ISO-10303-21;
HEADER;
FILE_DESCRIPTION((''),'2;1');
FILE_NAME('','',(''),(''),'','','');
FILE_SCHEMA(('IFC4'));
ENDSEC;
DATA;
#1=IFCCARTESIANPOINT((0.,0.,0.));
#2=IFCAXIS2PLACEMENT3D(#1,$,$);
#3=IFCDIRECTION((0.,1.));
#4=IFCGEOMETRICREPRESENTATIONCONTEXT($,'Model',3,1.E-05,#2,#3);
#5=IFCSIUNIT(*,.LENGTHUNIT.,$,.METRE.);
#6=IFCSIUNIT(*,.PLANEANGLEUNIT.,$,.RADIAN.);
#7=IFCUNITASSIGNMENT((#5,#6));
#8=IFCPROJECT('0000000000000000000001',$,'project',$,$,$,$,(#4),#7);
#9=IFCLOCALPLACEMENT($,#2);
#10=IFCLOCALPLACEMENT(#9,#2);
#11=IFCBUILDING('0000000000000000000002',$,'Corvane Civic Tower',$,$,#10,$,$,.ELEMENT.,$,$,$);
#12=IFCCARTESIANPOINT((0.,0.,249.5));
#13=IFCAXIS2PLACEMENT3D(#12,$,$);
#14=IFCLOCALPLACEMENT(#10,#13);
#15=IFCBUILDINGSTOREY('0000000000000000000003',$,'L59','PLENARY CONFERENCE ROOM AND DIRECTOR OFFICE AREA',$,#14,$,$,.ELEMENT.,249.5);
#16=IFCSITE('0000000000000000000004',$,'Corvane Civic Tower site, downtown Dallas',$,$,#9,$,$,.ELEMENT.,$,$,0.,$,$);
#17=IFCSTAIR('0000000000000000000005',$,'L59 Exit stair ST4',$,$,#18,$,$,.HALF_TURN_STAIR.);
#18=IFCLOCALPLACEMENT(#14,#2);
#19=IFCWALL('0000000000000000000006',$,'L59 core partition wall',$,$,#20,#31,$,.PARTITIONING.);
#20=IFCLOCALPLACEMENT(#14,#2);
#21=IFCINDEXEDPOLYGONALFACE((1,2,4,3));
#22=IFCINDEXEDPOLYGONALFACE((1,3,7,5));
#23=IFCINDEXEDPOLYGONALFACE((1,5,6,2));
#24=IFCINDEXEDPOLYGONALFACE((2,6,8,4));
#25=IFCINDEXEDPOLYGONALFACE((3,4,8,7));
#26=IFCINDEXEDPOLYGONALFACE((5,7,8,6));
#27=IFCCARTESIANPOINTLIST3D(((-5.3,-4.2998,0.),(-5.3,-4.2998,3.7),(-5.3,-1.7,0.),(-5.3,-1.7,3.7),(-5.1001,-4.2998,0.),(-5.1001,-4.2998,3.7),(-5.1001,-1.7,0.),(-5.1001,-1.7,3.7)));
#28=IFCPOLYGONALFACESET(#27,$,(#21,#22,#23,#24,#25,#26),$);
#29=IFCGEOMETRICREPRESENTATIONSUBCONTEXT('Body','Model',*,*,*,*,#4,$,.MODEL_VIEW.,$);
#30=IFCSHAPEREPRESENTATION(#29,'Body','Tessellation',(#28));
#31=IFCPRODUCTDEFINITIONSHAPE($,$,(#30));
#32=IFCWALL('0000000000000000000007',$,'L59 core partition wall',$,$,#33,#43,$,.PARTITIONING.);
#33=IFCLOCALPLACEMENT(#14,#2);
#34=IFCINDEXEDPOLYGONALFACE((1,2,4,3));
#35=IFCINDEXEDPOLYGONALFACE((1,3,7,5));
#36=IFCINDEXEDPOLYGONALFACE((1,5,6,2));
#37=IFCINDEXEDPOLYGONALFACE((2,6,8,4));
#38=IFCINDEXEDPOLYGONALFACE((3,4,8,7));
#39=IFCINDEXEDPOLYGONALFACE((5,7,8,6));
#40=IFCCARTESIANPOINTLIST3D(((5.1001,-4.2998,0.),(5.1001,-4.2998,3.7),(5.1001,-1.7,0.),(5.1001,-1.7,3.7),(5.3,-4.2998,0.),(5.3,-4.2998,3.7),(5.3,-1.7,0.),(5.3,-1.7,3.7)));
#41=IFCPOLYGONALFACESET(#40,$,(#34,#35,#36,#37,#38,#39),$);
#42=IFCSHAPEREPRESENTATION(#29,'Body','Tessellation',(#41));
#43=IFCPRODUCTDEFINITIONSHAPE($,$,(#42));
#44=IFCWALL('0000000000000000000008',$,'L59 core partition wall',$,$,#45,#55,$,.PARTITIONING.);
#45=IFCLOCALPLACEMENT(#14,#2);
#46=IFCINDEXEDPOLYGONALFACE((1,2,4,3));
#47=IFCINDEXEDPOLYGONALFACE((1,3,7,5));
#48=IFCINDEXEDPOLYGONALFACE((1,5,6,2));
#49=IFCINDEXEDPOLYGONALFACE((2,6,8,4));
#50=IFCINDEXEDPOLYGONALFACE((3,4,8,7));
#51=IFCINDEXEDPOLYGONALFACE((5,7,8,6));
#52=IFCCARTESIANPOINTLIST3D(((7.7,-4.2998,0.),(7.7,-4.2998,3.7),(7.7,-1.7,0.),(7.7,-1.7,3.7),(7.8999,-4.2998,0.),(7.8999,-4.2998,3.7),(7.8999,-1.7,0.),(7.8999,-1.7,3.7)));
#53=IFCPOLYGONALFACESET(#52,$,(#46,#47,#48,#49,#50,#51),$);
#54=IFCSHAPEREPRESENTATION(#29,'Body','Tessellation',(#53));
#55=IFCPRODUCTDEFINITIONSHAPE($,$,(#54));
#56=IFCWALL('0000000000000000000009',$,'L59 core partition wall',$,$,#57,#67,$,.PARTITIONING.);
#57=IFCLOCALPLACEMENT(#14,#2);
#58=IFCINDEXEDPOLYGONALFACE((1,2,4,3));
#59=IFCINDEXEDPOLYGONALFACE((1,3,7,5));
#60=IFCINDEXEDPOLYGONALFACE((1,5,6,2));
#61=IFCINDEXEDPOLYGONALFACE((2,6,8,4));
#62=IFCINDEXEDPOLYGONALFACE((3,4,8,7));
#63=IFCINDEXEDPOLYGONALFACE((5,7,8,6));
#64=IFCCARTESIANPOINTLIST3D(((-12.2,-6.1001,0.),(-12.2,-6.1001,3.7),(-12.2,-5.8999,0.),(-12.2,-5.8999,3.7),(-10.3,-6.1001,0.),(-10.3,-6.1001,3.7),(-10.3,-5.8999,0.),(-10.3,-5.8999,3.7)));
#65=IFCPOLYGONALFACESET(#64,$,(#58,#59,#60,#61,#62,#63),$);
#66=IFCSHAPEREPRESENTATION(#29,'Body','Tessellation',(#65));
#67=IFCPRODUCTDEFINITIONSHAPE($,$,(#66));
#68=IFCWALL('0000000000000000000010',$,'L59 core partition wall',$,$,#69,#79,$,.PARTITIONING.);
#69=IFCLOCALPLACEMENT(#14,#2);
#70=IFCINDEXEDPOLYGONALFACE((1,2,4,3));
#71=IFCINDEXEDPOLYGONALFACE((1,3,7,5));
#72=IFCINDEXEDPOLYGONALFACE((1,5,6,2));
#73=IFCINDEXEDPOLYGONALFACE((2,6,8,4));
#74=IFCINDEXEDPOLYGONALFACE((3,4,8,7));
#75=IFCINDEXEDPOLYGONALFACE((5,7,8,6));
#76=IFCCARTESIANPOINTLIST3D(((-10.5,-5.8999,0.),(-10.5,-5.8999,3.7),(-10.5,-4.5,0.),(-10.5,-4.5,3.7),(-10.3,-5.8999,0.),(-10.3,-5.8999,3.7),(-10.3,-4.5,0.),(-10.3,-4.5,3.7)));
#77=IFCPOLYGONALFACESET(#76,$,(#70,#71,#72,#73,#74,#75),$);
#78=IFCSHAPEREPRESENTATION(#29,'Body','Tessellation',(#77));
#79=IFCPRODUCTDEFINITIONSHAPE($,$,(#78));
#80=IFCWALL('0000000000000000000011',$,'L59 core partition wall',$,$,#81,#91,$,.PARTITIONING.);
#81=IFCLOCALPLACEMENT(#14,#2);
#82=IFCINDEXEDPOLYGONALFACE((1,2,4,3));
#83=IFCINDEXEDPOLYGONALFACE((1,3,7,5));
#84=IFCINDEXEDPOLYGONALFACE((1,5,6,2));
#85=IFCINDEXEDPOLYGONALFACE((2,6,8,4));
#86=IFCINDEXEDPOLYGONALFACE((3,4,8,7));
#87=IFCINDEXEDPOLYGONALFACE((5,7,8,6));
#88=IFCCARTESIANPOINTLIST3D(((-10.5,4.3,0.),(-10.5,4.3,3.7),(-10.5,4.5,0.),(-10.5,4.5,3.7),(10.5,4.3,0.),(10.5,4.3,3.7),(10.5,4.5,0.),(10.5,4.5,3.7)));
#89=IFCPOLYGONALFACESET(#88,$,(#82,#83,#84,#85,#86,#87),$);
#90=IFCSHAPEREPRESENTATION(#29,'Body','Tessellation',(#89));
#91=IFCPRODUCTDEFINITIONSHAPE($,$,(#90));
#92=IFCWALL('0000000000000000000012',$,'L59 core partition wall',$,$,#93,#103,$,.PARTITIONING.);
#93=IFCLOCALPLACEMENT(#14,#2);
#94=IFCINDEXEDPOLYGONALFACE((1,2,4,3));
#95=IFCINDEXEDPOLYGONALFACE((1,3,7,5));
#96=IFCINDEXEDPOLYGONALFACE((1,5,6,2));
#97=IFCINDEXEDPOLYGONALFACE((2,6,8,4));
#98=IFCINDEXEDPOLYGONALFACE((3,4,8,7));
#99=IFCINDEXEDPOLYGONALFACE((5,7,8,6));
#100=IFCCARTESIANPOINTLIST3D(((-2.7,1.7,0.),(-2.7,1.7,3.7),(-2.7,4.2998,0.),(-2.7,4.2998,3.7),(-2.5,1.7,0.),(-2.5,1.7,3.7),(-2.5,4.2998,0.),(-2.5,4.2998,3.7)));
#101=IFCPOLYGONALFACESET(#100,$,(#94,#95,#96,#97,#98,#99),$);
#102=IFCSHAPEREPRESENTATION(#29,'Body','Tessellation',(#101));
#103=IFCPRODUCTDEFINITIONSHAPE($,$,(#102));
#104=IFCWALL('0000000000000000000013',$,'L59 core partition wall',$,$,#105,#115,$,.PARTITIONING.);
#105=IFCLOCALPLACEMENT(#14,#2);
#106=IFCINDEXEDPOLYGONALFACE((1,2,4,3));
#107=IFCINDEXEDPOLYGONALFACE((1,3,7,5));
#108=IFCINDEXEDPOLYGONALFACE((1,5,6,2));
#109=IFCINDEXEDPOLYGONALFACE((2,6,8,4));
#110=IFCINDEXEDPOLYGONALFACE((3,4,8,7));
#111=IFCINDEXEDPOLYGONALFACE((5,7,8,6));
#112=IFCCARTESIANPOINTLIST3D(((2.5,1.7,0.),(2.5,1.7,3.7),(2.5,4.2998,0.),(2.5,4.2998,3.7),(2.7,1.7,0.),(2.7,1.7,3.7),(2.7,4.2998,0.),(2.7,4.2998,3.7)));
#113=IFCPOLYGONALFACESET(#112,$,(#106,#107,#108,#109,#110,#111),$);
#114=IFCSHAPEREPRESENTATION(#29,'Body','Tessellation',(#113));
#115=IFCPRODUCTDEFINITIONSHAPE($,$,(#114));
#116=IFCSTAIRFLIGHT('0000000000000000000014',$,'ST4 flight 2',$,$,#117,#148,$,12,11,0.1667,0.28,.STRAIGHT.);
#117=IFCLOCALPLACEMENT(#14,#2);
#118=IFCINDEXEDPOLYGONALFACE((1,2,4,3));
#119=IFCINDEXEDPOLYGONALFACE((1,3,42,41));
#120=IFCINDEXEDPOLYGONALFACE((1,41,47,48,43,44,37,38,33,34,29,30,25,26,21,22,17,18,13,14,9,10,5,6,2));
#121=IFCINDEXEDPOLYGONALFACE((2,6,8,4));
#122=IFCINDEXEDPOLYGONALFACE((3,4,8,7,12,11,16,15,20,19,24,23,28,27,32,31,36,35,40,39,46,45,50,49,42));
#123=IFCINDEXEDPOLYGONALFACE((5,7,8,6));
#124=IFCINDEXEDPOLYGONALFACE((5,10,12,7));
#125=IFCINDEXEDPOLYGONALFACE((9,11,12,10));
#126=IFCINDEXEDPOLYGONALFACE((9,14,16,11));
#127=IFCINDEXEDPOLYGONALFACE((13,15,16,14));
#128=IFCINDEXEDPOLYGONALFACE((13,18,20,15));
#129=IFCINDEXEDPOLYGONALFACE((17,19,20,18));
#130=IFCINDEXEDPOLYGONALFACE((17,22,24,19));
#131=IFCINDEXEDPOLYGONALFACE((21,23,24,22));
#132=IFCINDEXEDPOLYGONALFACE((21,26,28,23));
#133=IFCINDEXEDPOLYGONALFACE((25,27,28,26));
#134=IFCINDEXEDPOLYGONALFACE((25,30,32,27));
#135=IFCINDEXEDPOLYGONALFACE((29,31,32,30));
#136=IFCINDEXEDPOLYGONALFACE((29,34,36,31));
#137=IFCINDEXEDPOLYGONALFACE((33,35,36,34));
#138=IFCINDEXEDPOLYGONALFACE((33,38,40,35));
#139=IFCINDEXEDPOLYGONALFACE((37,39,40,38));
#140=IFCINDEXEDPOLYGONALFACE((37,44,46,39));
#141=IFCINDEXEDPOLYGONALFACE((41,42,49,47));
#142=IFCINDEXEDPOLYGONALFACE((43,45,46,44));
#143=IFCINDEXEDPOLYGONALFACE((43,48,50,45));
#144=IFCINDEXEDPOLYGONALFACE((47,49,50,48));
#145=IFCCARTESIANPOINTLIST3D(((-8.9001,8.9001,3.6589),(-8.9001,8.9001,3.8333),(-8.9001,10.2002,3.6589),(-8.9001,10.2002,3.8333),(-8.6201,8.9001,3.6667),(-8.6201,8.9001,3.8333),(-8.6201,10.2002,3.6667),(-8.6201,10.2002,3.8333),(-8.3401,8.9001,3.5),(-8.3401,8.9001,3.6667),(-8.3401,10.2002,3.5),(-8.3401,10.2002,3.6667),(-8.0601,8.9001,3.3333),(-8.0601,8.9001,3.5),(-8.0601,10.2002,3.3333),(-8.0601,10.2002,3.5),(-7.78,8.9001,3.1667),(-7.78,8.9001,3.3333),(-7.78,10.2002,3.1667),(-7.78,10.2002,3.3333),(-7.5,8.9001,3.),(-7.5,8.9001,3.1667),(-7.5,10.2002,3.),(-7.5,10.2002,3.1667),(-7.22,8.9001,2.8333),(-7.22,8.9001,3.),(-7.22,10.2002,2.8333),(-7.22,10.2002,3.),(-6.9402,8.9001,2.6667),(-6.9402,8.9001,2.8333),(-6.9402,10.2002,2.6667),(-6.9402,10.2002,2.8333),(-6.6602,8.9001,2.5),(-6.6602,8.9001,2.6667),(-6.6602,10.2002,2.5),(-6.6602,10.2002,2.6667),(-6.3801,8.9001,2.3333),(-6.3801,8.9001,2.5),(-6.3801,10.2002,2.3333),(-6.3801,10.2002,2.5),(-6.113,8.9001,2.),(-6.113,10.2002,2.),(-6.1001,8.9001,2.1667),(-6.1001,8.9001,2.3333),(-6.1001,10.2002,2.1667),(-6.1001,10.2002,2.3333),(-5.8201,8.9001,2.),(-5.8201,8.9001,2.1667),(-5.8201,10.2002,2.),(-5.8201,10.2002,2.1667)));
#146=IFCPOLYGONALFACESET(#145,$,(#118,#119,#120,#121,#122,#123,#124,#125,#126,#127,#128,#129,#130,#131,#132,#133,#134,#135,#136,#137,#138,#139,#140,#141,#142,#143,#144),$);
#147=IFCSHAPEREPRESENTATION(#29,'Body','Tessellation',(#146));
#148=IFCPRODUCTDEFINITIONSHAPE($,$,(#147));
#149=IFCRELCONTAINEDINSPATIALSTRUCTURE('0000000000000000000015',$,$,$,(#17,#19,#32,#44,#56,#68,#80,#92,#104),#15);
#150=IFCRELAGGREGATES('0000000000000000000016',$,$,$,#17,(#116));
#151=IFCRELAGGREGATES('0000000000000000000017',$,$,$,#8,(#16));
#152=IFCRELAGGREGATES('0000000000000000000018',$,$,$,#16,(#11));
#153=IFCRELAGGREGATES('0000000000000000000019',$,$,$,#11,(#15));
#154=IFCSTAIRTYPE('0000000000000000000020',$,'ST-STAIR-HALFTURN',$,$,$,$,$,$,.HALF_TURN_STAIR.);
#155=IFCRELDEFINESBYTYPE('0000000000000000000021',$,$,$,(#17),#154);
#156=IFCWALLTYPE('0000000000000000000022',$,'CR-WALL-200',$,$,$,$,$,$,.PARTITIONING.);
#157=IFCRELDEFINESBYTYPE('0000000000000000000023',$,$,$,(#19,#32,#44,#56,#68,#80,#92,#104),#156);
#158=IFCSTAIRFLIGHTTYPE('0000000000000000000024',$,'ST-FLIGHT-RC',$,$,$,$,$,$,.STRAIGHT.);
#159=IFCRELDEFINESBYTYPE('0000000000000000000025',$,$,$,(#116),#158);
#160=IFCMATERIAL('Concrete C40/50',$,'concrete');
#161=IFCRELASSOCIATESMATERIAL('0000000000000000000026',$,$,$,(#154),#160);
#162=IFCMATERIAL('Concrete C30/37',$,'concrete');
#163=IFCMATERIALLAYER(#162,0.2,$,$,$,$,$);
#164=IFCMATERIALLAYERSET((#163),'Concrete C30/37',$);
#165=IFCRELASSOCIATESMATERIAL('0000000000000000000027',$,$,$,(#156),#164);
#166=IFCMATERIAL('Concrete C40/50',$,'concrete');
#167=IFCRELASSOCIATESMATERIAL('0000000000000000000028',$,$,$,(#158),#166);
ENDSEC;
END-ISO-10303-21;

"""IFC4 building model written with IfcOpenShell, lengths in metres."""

from ifc_helpers import new_model, si_unit, direction, frame, origin, place, context, subcontext, project, spatial, polyline, outline, extrude, material, layer, layer_set, type_object, element, aggregate, save


model = new_model("IFC4")

# Units and contexts
model_context = context("Model", 3, precision=1e-05, world=origin(), true_north=direction((0.0, 1.0)))
body_context = subcontext(model_context, "Body", "Model", "MODEL_VIEW")
ifc_project = project(units=[si_unit("LENGTHUNIT", "METRE"), si_unit("PLANEANGLEUNIT", "RADIAN")], contexts=[model_context])

# Site, building, storey
site_placement = place(None, origin())
site = spatial("IfcSite", under=ifc_project, at=site_placement, Name="Corvane Civic Tower site, downtown Dallas", CompositionType="ELEMENT", RefElevation=0.0)
building_placement = place(site_placement, origin())
building = spatial("IfcBuilding", under=site, at=building_placement, Name="Corvane Civic Tower", CompositionType="ELEMENT")
storey_placement = place(building_placement, frame((0.0, 0.0, 249.5)))
storey = spatial("IfcBuildingStorey", under=building, at=storey_placement, Name="L59", Description="PLENARY CONFERENCE ROOM AND DIRECTOR OFFICE AREA", CompositionType="ELEMENT", Elevation=249.5)

# Stair
ifc_material_1 = material(Name="Concrete C40/50", Category="concrete")
stair_type = type_object("IfcStairType", Name="ST-STAIR-HALFTURN", PredefinedType="HALF_TURN_STAIR", material=ifc_material_1)
stair_placement = place(storey_placement, origin())
stair = element("IfcStair", 1, at=stair_placement, inside=storey, type_object=stair_type, Name="L59 Exit stair ST4", PredefinedType="HALF_TURN_STAIR")

# Shared definitions
ifc_material_2 = material(Name="Concrete C30/37", Category="concrete")
ifc_layer_1 = layer(ifc_material_2, 0.2)
ifc_layer_set_1 = layer_set([ifc_layer_1], Name="Concrete C30/37")
wall_type = type_object("IfcWallType", Name="CR-WALL-200", PredefinedType="PARTITIONING", material=ifc_layer_set_1)

# Walls
wall_1_placement = place(storey_placement, origin())
element("IfcWall", 2, at=wall_1_placement, inside=storey, type_object=wall_type, Name="L59 core partition wall", PredefinedType="PARTITIONING", context=body_context, shape_type="SweptSolid", body=[
    extrude(outline(polyline([(-5.1001, -1.7), (-5.1001, -4.2998), (-5.3, -4.2998), (-5.3, -1.7), (-5.1001, -1.7)])), origin(), (0.0, 0.0, 1.0), 3.7),
])
wall_2_placement = place(storey_placement, origin())
element("IfcWall", 3, at=wall_2_placement, inside=storey, type_object=wall_type, Name="L59 core partition wall", PredefinedType="PARTITIONING", context=body_context, shape_type="SweptSolid", body=[
    extrude(outline(polyline([(5.3, -1.7), (5.3, -4.2998), (5.1001, -4.2998), (5.1001, -1.7), (5.3, -1.7)])), origin(), (0.0, 0.0, 1.0), 3.7),
])
wall_3_placement = place(storey_placement, origin())
element("IfcWall", 4, at=wall_3_placement, inside=storey, type_object=wall_type, Name="L59 core partition wall", PredefinedType="PARTITIONING", context=body_context, shape_type="SweptSolid", body=[
    extrude(outline(polyline([(7.8999, -1.7), (7.8999, -4.2998), (7.7, -4.2998), (7.7, -1.7), (7.8999, -1.7)])), origin(), (0.0, 0.0, 1.0), 3.7),
])
wall_4_placement = place(storey_placement, origin())
element("IfcWall", 5, at=wall_4_placement, inside=storey, type_object=wall_type, Name="L59 core partition wall", PredefinedType="PARTITIONING", context=body_context, shape_type="SweptSolid", body=[
    extrude(outline(polyline([(-10.3, -6.1001), (-12.2, -6.1001), (-12.2, -5.8999), (-10.3, -5.8999), (-10.3, -6.1001)])), origin(), (0.0, 0.0, 1.0), 3.7),
])
wall_5_placement = place(storey_placement, origin())
element("IfcWall", 6, at=wall_5_placement, inside=storey, type_object=wall_type, Name="L59 core partition wall", PredefinedType="PARTITIONING", context=body_context, shape_type="SweptSolid", body=[
    extrude(outline(polyline([(-10.3, -5.8999), (-10.5, -5.8999), (-10.5, -4.5), (-10.3, -4.5), (-10.3, -5.8999)])), origin(), (0.0, 0.0, 1.0), 3.7),
])
wall_6_placement = place(storey_placement, origin())
element("IfcWall", 7, at=wall_6_placement, inside=storey, type_object=wall_type, Name="L59 core partition wall", PredefinedType="PARTITIONING", context=body_context, shape_type="SweptSolid", body=[
    extrude(outline(polyline([(10.5, 4.5), (10.5, 4.3), (-10.5, 4.3), (-10.5, 4.5), (10.5, 4.5)])), origin(), (0.0, 0.0, 1.0), 3.7),
])
wall_7_placement = place(storey_placement, origin())
element("IfcWall", 8, at=wall_7_placement, inside=storey, type_object=wall_type, Name="L59 core partition wall", PredefinedType="PARTITIONING", context=body_context, shape_type="SweptSolid", body=[
    extrude(outline(polyline([(-2.5, 1.7), (-2.7, 1.7), (-2.7, 4.2998), (-2.5, 4.2998), (-2.5, 1.7)])), origin(), (0.0, 0.0, 1.0), 3.7),
])
wall_8_placement = place(storey_placement, origin())
element("IfcWall", 9, at=wall_8_placement, inside=storey, type_object=wall_type, Name="L59 core partition wall", PredefinedType="PARTITIONING", context=body_context, shape_type="SweptSolid", body=[
    extrude(outline(polyline([(2.7, 1.7), (2.5, 1.7), (2.5, 4.2998), (2.7, 4.2998), (2.7, 1.7)])), origin(), (0.0, 0.0, 1.0), 3.7),
])

# Stair flight
ifc_material_3 = material(Name="Concrete C40/50", Category="concrete")
stair_flight_type = type_object("IfcStairFlightType", Name="ST-FLIGHT-RC", PredefinedType="STRAIGHT", material=ifc_material_3)
stair_flight_placement = place(storey_placement, frame((-5.8201, 9.55, 2.0), z_axis=(0.0, 0.0, 1.0), x_axis=(-1.0, 0.0, 0.0)))
stair_flight = element("IfcStairFlight", 10, at=stair_flight_placement, type_object=stair_flight_type, Name="ST4 flight 2", NumberOfRisers=12, NumberOfTreads=11, PredefinedType="STRAIGHT", RiserHeight=0.1667, TreadLength=0.28, context=body_context, shape_type="SweptSolid", body=[
    extrude(outline(polyline([(0.0, 0.0), (0.0, 0.1667), (0.28, 0.1667), (0.28, 0.3333), (0.5601, 0.3333), (0.5601, 0.5), (0.8401, 0.5), (0.8401, 0.6667), (1.1201, 0.6667), (1.1201, 0.8333), (1.3999, 0.8333), (1.3999, 1.0), (1.6799, 1.0), (1.6799, 1.1667), (1.96, 1.1667), (1.96, 1.3333), (2.24, 1.3333), (2.24, 1.5), (2.52, 1.5), (2.52, 1.6667), (2.8, 1.6667), (2.8, 1.8333), (3.0801, 1.8333), (3.0801, 2.0), (3.0801, 1.6589), (0.293, 0.0), (0.0, 0.0)])), frame((0.0, 0.6499, 0.0), z_axis=(0.0, -1.0, 0.0), x_axis=(1.0, 0.0, 0.0)), (0.0, 0.0, 1.0), 1.3),
])
aggregate(stair, [stair_flight])

save(model, "model.ifc")
